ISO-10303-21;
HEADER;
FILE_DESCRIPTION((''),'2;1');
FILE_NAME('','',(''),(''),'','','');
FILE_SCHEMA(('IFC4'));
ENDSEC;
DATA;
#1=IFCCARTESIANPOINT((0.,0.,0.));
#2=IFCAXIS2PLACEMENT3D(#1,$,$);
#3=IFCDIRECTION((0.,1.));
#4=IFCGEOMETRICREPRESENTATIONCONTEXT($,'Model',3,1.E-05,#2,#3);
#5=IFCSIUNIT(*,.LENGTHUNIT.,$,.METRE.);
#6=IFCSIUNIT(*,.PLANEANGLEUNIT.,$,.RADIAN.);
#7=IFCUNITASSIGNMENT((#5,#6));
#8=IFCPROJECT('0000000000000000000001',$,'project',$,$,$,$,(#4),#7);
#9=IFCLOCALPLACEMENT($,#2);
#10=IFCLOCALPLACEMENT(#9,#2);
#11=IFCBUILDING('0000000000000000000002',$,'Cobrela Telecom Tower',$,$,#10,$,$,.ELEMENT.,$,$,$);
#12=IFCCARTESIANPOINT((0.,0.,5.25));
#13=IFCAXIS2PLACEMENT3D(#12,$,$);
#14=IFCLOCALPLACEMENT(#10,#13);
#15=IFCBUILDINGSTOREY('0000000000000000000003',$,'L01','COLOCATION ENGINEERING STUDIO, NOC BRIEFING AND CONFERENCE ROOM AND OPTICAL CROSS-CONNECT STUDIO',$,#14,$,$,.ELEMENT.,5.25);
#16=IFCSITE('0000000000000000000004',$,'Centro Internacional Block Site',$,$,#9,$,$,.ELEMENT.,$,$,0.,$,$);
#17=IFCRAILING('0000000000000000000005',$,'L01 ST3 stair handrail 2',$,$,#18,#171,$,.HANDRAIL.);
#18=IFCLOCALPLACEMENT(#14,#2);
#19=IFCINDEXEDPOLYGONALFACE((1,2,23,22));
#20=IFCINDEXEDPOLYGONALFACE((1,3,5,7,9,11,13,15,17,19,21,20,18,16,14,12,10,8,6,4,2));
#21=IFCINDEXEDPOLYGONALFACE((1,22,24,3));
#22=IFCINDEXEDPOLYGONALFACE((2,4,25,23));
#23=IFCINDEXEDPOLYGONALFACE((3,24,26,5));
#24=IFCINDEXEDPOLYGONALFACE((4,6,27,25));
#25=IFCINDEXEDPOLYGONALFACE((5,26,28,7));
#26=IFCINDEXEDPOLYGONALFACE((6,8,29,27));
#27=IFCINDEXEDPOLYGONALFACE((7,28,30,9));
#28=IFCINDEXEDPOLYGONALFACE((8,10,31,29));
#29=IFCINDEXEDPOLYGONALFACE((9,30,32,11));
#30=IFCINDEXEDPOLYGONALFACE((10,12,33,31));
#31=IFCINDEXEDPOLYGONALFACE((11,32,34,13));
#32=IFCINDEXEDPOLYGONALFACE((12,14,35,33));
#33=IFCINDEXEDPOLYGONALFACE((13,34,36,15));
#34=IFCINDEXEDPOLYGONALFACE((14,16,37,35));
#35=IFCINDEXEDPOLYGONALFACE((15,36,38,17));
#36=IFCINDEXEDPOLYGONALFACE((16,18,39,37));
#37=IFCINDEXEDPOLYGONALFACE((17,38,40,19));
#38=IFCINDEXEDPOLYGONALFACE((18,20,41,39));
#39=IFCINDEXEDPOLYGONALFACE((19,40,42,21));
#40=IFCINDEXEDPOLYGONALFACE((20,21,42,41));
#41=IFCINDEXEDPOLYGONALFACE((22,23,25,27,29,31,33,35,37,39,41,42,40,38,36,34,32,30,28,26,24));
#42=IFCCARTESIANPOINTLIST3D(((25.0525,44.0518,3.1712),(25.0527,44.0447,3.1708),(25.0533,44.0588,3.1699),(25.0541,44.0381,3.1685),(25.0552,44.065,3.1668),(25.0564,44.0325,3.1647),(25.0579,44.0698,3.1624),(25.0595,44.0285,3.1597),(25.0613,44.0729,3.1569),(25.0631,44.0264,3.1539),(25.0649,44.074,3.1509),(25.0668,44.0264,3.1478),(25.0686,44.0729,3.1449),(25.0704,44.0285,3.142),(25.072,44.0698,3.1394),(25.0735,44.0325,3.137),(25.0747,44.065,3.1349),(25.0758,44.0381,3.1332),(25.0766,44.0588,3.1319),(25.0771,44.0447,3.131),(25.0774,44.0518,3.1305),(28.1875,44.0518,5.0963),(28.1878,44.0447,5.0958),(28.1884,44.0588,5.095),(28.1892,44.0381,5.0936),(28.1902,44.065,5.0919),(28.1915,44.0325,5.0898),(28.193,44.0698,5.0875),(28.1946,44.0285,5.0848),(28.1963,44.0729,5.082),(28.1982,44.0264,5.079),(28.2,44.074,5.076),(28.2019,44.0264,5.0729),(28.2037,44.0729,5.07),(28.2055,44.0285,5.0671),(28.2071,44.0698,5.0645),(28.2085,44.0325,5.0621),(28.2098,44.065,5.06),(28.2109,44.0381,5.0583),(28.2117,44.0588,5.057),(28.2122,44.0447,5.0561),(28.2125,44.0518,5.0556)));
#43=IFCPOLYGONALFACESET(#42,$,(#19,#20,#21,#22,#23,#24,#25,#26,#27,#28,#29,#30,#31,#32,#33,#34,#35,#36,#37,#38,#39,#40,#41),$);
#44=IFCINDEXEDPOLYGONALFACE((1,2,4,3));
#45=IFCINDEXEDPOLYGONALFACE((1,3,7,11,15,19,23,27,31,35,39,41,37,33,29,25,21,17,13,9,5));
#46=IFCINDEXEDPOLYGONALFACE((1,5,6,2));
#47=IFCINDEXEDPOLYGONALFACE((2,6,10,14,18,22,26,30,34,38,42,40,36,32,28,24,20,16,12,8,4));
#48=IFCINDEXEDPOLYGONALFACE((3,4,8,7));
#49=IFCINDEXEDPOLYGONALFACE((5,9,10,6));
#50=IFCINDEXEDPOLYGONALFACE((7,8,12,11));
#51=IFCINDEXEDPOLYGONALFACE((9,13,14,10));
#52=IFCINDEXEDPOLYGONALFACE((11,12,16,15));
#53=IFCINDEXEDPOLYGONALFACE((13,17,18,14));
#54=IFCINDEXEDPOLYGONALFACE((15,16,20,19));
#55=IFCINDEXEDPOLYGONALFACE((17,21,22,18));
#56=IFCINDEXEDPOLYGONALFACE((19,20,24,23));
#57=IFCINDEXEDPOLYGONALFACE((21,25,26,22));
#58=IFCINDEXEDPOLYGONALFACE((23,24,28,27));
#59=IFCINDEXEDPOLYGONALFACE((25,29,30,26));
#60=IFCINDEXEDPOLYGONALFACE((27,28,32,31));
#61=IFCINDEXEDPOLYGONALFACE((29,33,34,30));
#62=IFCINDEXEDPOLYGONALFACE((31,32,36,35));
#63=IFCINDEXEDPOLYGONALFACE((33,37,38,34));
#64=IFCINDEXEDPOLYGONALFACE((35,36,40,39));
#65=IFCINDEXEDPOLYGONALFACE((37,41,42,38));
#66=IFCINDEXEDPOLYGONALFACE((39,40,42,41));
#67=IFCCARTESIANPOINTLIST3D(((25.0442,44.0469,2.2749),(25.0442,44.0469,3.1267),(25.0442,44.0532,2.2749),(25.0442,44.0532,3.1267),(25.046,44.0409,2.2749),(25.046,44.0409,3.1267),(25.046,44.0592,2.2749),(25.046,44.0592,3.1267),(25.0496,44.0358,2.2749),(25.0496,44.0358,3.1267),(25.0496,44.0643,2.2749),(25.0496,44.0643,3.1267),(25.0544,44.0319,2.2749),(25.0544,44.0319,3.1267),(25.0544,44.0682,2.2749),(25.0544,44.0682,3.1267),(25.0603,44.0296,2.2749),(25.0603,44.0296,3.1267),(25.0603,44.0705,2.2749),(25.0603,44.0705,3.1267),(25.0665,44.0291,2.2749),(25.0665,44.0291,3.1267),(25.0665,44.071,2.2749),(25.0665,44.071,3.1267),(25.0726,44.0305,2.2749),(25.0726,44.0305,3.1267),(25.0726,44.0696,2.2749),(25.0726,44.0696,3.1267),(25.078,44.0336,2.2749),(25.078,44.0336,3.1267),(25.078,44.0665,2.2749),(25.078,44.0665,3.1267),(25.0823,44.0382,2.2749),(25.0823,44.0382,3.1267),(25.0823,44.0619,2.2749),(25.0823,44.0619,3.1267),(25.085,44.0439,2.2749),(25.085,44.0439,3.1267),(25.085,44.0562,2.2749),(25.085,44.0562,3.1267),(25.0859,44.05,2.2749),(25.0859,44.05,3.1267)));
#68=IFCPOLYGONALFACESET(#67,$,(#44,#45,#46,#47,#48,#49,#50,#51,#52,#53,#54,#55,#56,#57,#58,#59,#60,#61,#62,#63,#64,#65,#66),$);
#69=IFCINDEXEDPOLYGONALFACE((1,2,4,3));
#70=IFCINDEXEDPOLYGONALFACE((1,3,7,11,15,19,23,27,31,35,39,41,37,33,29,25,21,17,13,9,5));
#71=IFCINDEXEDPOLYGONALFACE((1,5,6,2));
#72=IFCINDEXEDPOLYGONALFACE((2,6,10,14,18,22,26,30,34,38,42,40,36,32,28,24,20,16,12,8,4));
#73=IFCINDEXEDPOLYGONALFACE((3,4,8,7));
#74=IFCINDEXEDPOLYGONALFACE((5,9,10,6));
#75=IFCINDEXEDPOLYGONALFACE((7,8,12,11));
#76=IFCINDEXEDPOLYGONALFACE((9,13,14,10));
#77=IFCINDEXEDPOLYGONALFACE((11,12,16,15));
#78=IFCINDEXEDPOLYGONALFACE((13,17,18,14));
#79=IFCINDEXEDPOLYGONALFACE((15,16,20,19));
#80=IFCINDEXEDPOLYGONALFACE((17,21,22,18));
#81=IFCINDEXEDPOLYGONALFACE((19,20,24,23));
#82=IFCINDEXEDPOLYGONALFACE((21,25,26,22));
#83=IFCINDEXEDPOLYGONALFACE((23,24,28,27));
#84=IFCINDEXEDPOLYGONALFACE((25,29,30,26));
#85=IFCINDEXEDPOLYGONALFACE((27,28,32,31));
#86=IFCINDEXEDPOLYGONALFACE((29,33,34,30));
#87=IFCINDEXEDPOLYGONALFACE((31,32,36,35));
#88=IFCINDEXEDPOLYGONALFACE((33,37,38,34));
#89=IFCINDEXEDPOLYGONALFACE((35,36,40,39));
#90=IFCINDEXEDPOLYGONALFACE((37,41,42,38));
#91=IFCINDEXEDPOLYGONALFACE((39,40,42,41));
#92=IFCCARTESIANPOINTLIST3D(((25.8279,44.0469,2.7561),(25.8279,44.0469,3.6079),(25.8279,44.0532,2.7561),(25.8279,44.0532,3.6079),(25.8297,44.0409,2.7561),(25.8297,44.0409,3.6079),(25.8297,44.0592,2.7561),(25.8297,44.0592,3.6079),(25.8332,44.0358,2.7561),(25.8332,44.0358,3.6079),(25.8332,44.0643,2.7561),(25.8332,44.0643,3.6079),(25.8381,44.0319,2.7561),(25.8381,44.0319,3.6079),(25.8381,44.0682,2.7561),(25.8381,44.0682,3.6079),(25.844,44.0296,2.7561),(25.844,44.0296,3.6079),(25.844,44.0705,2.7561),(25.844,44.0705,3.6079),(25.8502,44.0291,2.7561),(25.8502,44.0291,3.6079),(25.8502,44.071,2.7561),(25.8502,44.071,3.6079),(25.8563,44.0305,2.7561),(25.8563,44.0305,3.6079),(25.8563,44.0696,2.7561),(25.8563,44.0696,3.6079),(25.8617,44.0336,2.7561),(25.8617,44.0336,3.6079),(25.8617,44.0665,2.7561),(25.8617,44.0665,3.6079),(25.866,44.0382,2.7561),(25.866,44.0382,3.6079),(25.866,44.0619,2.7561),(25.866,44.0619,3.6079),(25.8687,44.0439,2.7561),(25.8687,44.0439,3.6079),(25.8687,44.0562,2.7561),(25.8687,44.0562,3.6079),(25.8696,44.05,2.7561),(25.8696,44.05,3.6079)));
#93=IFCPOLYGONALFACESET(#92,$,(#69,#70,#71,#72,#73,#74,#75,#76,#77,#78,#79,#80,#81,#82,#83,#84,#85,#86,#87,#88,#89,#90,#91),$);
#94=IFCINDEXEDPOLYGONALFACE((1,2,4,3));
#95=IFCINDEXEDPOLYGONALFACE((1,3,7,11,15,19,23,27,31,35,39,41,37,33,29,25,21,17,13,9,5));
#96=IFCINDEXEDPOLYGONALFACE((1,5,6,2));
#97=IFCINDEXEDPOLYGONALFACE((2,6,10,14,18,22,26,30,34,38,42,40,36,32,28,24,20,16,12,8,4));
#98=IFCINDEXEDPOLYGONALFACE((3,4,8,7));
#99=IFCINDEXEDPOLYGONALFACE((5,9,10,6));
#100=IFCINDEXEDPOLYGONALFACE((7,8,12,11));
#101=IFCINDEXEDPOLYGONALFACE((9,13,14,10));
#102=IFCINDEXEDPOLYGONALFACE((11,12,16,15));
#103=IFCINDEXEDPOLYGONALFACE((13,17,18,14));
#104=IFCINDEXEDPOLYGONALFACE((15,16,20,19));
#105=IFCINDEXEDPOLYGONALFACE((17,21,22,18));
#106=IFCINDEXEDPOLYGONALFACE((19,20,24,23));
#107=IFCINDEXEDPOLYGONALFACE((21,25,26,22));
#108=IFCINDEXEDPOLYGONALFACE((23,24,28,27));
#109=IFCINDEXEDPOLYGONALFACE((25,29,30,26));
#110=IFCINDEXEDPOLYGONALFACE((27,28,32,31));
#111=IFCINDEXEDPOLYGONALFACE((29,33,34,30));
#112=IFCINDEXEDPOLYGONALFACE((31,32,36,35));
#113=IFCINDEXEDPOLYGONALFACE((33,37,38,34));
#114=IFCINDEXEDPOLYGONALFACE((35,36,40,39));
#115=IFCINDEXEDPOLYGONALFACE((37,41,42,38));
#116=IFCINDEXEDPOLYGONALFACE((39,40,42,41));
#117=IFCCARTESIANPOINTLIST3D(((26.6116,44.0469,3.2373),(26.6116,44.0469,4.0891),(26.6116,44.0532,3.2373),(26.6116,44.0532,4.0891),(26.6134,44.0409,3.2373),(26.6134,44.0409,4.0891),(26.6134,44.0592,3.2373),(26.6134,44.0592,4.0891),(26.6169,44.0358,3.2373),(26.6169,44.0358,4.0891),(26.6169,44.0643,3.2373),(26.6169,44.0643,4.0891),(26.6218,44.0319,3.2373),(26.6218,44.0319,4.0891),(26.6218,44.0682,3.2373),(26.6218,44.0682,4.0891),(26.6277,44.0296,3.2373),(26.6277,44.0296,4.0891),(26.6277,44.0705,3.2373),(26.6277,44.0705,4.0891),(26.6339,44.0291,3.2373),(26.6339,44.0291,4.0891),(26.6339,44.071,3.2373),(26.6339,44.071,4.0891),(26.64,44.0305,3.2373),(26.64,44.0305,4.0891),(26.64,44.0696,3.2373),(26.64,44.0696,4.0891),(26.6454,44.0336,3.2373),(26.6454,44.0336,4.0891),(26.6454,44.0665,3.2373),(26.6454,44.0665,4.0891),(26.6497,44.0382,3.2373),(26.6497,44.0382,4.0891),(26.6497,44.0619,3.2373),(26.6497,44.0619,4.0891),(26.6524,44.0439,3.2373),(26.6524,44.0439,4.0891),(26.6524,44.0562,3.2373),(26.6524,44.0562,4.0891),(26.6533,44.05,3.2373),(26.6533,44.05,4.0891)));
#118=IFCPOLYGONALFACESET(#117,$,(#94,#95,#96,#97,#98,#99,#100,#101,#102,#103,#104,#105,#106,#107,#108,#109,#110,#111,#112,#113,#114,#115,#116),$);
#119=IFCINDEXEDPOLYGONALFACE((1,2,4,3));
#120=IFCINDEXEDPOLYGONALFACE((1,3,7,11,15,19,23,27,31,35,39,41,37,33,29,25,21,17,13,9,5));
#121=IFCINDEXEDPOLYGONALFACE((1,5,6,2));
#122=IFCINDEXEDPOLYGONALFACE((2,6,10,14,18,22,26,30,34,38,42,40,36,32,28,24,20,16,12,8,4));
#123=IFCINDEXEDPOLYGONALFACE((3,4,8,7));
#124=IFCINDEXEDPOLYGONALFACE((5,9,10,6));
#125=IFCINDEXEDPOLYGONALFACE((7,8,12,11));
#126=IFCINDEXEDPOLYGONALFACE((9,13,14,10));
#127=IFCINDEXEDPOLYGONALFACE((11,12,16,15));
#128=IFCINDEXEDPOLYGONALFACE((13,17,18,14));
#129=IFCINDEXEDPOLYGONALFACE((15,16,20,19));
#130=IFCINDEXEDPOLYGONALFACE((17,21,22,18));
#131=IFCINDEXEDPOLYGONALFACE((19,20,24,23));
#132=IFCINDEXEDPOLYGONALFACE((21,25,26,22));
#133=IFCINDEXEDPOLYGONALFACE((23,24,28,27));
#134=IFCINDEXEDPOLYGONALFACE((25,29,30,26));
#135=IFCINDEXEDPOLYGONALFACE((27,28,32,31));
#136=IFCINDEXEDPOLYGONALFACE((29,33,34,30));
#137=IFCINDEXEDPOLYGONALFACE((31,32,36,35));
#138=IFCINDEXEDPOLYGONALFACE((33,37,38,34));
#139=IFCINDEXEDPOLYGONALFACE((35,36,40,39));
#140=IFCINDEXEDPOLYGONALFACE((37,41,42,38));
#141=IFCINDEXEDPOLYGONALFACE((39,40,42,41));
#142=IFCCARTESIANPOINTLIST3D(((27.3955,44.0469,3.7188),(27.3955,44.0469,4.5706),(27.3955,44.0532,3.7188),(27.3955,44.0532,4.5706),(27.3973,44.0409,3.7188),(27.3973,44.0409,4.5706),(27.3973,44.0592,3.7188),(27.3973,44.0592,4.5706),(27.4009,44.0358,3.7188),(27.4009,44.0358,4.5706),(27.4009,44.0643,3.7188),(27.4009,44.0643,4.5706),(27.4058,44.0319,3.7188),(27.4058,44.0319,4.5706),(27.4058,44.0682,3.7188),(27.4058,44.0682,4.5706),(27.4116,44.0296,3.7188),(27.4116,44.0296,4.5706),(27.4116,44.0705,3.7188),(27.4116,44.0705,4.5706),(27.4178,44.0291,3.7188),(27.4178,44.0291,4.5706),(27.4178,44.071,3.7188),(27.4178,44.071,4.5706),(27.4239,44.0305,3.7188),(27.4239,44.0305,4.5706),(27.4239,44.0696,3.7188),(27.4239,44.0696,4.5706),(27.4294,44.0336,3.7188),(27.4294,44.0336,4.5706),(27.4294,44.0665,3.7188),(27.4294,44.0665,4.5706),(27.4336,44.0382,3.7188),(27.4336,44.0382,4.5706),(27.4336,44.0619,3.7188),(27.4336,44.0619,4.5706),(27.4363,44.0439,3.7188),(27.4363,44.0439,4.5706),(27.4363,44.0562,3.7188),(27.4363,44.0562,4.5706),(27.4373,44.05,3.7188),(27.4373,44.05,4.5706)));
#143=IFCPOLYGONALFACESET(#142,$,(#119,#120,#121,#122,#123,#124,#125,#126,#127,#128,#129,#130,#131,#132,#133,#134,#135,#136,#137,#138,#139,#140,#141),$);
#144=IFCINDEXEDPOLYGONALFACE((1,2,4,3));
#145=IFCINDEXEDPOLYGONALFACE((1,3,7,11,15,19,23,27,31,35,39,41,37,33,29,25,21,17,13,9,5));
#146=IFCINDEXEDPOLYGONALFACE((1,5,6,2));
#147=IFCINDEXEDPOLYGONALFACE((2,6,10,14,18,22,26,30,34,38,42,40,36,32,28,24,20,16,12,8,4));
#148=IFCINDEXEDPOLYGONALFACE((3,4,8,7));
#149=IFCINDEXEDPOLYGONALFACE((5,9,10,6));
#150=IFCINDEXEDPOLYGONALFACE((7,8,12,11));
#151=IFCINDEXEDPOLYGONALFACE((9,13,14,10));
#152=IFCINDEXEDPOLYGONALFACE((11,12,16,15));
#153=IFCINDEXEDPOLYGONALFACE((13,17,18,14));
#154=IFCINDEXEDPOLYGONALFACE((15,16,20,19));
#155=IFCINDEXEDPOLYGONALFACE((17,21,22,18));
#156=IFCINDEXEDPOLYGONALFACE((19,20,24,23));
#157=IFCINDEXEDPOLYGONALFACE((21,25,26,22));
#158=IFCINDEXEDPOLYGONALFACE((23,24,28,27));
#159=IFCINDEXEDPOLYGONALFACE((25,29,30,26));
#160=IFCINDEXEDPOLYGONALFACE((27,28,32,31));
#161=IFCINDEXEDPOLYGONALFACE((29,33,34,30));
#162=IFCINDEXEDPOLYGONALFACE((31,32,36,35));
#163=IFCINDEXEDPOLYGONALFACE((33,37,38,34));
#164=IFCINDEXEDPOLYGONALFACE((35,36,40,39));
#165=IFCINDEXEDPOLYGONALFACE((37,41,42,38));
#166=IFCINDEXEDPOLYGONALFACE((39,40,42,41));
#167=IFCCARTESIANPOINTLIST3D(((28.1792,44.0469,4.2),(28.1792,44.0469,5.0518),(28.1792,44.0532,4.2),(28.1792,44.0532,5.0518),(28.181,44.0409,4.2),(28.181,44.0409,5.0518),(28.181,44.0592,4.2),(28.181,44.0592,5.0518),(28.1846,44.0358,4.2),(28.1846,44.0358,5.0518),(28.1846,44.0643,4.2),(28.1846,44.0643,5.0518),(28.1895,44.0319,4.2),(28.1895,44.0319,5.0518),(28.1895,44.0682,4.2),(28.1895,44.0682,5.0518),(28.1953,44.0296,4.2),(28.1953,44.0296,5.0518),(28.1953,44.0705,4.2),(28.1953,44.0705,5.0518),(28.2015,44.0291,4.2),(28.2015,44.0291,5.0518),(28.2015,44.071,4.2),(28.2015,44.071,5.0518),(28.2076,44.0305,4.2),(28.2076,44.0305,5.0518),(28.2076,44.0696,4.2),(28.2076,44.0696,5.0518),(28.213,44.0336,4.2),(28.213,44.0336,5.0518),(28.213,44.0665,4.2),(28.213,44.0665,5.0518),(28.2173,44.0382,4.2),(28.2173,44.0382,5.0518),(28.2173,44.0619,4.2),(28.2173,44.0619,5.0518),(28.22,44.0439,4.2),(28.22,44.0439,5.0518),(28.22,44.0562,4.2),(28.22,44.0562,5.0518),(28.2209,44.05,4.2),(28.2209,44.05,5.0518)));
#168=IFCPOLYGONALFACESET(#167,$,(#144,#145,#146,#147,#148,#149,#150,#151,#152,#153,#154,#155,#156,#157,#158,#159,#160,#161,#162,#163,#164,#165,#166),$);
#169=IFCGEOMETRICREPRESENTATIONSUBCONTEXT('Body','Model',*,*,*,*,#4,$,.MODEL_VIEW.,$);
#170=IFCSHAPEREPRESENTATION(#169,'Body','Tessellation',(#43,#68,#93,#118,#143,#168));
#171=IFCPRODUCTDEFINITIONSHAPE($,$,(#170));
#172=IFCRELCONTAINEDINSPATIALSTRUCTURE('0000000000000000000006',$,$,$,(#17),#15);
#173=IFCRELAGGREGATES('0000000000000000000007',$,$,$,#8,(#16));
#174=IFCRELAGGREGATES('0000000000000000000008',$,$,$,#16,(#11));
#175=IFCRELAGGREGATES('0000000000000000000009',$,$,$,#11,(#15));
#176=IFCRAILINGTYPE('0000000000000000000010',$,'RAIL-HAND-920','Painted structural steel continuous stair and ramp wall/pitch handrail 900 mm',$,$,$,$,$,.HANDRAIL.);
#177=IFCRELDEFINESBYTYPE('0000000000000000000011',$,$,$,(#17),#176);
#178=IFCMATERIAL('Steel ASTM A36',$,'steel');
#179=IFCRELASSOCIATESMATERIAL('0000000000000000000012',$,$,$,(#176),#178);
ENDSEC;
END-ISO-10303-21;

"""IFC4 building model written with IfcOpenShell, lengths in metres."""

from ifc_helpers import new_model, si_unit, direction, frame, origin, origin_2d, place, context, subcontext, project, spatial, circle, extrude, material, type_object, element, save


model = new_model("IFC4")

# Units and contexts
model_context = context("Model", 3, precision=1e-05, world=origin(), true_north=direction((0.0, 1.0)))
body_context = subcontext(model_context, "Body", "Model", "MODEL_VIEW")
ifc_project = project(units=[si_unit("LENGTHUNIT", "METRE"), si_unit("PLANEANGLEUNIT", "RADIAN")], contexts=[model_context])

# Site, building, storey
site_placement = place(None, origin())
site = spatial("IfcSite", under=ifc_project, at=site_placement, Name="Centro Internacional Block Site", CompositionType="ELEMENT", RefElevation=0.0)
building_placement = place(site_placement, origin())
building = spatial("IfcBuilding", under=site, at=building_placement, Name="Cobrela Telecom Tower", CompositionType="ELEMENT")
storey_placement = place(building_placement, frame((0.0, 0.0, 5.25)))
storey = spatial("IfcBuildingStorey", under=building, at=storey_placement, Name="L01", Description="COLOCATION ENGINEERING STUDIO, NOC BRIEFING AND CONFERENCE ROOM AND OPTICAL CROSS-CONNECT STUDIO", CompositionType="ELEMENT", Elevation=5.25)

# Shared definitions
ifc_material_1 = material(Name="Steel ASTM A36", Category="steel")

# Railing
railing_type_1 = type_object("IfcRailingType", Name="RAIL-HAND-920", Description="Painted structural steel continuous stair and ramp wall/pitch handrail 900 mm", PredefinedType="HANDRAIL", material=ifc_material_1)
railing_1_placement = place(storey_placement, frame((25.0649, 44.05, 2.2749)))
element("IfcRailing", 1, at=railing_1_placement, inside=storey, type_object=railing_type_1, Name="L01 ST3 stair handrail 2", PredefinedType="HANDRAIL", context=body_context, shape_type="SweptSolid", body=[
    extrude(circle(Radius=0.0239, at=origin_2d()), frame((0.0, 0.0, 0.876), z_axis=(0.852166, 0.0, 0.523271), x_axis=(0.0, 1.0, 0.0)), (0.0, 0.0, 1.0), 3.679),
    extrude(circle(Radius=0.021, at=origin_2d()), origin(), (0.0, 0.0, 1.0), 0.8518),
    extrude(circle(Radius=0.021, at=origin_2d()), frame((0.7837, 0.0, 0.4812)), (0.0, 0.0, 1.0), 0.8518),
    extrude(circle(Radius=0.021, at=origin_2d()), frame((1.5674, 0.0, 0.9624)), (0.0, 0.0, 1.0), 0.8518),
    extrude(circle(Radius=0.021, at=origin_2d()), frame((2.3513, 0.0, 1.4438)), (0.0, 0.0, 1.0), 0.8518),
    extrude(circle(Radius=0.021, at=origin_2d()), frame((3.135, 0.0, 1.925)), (0.0, 0.0, 1.0), 0.8518),
])

save(model, "model.ifc")
